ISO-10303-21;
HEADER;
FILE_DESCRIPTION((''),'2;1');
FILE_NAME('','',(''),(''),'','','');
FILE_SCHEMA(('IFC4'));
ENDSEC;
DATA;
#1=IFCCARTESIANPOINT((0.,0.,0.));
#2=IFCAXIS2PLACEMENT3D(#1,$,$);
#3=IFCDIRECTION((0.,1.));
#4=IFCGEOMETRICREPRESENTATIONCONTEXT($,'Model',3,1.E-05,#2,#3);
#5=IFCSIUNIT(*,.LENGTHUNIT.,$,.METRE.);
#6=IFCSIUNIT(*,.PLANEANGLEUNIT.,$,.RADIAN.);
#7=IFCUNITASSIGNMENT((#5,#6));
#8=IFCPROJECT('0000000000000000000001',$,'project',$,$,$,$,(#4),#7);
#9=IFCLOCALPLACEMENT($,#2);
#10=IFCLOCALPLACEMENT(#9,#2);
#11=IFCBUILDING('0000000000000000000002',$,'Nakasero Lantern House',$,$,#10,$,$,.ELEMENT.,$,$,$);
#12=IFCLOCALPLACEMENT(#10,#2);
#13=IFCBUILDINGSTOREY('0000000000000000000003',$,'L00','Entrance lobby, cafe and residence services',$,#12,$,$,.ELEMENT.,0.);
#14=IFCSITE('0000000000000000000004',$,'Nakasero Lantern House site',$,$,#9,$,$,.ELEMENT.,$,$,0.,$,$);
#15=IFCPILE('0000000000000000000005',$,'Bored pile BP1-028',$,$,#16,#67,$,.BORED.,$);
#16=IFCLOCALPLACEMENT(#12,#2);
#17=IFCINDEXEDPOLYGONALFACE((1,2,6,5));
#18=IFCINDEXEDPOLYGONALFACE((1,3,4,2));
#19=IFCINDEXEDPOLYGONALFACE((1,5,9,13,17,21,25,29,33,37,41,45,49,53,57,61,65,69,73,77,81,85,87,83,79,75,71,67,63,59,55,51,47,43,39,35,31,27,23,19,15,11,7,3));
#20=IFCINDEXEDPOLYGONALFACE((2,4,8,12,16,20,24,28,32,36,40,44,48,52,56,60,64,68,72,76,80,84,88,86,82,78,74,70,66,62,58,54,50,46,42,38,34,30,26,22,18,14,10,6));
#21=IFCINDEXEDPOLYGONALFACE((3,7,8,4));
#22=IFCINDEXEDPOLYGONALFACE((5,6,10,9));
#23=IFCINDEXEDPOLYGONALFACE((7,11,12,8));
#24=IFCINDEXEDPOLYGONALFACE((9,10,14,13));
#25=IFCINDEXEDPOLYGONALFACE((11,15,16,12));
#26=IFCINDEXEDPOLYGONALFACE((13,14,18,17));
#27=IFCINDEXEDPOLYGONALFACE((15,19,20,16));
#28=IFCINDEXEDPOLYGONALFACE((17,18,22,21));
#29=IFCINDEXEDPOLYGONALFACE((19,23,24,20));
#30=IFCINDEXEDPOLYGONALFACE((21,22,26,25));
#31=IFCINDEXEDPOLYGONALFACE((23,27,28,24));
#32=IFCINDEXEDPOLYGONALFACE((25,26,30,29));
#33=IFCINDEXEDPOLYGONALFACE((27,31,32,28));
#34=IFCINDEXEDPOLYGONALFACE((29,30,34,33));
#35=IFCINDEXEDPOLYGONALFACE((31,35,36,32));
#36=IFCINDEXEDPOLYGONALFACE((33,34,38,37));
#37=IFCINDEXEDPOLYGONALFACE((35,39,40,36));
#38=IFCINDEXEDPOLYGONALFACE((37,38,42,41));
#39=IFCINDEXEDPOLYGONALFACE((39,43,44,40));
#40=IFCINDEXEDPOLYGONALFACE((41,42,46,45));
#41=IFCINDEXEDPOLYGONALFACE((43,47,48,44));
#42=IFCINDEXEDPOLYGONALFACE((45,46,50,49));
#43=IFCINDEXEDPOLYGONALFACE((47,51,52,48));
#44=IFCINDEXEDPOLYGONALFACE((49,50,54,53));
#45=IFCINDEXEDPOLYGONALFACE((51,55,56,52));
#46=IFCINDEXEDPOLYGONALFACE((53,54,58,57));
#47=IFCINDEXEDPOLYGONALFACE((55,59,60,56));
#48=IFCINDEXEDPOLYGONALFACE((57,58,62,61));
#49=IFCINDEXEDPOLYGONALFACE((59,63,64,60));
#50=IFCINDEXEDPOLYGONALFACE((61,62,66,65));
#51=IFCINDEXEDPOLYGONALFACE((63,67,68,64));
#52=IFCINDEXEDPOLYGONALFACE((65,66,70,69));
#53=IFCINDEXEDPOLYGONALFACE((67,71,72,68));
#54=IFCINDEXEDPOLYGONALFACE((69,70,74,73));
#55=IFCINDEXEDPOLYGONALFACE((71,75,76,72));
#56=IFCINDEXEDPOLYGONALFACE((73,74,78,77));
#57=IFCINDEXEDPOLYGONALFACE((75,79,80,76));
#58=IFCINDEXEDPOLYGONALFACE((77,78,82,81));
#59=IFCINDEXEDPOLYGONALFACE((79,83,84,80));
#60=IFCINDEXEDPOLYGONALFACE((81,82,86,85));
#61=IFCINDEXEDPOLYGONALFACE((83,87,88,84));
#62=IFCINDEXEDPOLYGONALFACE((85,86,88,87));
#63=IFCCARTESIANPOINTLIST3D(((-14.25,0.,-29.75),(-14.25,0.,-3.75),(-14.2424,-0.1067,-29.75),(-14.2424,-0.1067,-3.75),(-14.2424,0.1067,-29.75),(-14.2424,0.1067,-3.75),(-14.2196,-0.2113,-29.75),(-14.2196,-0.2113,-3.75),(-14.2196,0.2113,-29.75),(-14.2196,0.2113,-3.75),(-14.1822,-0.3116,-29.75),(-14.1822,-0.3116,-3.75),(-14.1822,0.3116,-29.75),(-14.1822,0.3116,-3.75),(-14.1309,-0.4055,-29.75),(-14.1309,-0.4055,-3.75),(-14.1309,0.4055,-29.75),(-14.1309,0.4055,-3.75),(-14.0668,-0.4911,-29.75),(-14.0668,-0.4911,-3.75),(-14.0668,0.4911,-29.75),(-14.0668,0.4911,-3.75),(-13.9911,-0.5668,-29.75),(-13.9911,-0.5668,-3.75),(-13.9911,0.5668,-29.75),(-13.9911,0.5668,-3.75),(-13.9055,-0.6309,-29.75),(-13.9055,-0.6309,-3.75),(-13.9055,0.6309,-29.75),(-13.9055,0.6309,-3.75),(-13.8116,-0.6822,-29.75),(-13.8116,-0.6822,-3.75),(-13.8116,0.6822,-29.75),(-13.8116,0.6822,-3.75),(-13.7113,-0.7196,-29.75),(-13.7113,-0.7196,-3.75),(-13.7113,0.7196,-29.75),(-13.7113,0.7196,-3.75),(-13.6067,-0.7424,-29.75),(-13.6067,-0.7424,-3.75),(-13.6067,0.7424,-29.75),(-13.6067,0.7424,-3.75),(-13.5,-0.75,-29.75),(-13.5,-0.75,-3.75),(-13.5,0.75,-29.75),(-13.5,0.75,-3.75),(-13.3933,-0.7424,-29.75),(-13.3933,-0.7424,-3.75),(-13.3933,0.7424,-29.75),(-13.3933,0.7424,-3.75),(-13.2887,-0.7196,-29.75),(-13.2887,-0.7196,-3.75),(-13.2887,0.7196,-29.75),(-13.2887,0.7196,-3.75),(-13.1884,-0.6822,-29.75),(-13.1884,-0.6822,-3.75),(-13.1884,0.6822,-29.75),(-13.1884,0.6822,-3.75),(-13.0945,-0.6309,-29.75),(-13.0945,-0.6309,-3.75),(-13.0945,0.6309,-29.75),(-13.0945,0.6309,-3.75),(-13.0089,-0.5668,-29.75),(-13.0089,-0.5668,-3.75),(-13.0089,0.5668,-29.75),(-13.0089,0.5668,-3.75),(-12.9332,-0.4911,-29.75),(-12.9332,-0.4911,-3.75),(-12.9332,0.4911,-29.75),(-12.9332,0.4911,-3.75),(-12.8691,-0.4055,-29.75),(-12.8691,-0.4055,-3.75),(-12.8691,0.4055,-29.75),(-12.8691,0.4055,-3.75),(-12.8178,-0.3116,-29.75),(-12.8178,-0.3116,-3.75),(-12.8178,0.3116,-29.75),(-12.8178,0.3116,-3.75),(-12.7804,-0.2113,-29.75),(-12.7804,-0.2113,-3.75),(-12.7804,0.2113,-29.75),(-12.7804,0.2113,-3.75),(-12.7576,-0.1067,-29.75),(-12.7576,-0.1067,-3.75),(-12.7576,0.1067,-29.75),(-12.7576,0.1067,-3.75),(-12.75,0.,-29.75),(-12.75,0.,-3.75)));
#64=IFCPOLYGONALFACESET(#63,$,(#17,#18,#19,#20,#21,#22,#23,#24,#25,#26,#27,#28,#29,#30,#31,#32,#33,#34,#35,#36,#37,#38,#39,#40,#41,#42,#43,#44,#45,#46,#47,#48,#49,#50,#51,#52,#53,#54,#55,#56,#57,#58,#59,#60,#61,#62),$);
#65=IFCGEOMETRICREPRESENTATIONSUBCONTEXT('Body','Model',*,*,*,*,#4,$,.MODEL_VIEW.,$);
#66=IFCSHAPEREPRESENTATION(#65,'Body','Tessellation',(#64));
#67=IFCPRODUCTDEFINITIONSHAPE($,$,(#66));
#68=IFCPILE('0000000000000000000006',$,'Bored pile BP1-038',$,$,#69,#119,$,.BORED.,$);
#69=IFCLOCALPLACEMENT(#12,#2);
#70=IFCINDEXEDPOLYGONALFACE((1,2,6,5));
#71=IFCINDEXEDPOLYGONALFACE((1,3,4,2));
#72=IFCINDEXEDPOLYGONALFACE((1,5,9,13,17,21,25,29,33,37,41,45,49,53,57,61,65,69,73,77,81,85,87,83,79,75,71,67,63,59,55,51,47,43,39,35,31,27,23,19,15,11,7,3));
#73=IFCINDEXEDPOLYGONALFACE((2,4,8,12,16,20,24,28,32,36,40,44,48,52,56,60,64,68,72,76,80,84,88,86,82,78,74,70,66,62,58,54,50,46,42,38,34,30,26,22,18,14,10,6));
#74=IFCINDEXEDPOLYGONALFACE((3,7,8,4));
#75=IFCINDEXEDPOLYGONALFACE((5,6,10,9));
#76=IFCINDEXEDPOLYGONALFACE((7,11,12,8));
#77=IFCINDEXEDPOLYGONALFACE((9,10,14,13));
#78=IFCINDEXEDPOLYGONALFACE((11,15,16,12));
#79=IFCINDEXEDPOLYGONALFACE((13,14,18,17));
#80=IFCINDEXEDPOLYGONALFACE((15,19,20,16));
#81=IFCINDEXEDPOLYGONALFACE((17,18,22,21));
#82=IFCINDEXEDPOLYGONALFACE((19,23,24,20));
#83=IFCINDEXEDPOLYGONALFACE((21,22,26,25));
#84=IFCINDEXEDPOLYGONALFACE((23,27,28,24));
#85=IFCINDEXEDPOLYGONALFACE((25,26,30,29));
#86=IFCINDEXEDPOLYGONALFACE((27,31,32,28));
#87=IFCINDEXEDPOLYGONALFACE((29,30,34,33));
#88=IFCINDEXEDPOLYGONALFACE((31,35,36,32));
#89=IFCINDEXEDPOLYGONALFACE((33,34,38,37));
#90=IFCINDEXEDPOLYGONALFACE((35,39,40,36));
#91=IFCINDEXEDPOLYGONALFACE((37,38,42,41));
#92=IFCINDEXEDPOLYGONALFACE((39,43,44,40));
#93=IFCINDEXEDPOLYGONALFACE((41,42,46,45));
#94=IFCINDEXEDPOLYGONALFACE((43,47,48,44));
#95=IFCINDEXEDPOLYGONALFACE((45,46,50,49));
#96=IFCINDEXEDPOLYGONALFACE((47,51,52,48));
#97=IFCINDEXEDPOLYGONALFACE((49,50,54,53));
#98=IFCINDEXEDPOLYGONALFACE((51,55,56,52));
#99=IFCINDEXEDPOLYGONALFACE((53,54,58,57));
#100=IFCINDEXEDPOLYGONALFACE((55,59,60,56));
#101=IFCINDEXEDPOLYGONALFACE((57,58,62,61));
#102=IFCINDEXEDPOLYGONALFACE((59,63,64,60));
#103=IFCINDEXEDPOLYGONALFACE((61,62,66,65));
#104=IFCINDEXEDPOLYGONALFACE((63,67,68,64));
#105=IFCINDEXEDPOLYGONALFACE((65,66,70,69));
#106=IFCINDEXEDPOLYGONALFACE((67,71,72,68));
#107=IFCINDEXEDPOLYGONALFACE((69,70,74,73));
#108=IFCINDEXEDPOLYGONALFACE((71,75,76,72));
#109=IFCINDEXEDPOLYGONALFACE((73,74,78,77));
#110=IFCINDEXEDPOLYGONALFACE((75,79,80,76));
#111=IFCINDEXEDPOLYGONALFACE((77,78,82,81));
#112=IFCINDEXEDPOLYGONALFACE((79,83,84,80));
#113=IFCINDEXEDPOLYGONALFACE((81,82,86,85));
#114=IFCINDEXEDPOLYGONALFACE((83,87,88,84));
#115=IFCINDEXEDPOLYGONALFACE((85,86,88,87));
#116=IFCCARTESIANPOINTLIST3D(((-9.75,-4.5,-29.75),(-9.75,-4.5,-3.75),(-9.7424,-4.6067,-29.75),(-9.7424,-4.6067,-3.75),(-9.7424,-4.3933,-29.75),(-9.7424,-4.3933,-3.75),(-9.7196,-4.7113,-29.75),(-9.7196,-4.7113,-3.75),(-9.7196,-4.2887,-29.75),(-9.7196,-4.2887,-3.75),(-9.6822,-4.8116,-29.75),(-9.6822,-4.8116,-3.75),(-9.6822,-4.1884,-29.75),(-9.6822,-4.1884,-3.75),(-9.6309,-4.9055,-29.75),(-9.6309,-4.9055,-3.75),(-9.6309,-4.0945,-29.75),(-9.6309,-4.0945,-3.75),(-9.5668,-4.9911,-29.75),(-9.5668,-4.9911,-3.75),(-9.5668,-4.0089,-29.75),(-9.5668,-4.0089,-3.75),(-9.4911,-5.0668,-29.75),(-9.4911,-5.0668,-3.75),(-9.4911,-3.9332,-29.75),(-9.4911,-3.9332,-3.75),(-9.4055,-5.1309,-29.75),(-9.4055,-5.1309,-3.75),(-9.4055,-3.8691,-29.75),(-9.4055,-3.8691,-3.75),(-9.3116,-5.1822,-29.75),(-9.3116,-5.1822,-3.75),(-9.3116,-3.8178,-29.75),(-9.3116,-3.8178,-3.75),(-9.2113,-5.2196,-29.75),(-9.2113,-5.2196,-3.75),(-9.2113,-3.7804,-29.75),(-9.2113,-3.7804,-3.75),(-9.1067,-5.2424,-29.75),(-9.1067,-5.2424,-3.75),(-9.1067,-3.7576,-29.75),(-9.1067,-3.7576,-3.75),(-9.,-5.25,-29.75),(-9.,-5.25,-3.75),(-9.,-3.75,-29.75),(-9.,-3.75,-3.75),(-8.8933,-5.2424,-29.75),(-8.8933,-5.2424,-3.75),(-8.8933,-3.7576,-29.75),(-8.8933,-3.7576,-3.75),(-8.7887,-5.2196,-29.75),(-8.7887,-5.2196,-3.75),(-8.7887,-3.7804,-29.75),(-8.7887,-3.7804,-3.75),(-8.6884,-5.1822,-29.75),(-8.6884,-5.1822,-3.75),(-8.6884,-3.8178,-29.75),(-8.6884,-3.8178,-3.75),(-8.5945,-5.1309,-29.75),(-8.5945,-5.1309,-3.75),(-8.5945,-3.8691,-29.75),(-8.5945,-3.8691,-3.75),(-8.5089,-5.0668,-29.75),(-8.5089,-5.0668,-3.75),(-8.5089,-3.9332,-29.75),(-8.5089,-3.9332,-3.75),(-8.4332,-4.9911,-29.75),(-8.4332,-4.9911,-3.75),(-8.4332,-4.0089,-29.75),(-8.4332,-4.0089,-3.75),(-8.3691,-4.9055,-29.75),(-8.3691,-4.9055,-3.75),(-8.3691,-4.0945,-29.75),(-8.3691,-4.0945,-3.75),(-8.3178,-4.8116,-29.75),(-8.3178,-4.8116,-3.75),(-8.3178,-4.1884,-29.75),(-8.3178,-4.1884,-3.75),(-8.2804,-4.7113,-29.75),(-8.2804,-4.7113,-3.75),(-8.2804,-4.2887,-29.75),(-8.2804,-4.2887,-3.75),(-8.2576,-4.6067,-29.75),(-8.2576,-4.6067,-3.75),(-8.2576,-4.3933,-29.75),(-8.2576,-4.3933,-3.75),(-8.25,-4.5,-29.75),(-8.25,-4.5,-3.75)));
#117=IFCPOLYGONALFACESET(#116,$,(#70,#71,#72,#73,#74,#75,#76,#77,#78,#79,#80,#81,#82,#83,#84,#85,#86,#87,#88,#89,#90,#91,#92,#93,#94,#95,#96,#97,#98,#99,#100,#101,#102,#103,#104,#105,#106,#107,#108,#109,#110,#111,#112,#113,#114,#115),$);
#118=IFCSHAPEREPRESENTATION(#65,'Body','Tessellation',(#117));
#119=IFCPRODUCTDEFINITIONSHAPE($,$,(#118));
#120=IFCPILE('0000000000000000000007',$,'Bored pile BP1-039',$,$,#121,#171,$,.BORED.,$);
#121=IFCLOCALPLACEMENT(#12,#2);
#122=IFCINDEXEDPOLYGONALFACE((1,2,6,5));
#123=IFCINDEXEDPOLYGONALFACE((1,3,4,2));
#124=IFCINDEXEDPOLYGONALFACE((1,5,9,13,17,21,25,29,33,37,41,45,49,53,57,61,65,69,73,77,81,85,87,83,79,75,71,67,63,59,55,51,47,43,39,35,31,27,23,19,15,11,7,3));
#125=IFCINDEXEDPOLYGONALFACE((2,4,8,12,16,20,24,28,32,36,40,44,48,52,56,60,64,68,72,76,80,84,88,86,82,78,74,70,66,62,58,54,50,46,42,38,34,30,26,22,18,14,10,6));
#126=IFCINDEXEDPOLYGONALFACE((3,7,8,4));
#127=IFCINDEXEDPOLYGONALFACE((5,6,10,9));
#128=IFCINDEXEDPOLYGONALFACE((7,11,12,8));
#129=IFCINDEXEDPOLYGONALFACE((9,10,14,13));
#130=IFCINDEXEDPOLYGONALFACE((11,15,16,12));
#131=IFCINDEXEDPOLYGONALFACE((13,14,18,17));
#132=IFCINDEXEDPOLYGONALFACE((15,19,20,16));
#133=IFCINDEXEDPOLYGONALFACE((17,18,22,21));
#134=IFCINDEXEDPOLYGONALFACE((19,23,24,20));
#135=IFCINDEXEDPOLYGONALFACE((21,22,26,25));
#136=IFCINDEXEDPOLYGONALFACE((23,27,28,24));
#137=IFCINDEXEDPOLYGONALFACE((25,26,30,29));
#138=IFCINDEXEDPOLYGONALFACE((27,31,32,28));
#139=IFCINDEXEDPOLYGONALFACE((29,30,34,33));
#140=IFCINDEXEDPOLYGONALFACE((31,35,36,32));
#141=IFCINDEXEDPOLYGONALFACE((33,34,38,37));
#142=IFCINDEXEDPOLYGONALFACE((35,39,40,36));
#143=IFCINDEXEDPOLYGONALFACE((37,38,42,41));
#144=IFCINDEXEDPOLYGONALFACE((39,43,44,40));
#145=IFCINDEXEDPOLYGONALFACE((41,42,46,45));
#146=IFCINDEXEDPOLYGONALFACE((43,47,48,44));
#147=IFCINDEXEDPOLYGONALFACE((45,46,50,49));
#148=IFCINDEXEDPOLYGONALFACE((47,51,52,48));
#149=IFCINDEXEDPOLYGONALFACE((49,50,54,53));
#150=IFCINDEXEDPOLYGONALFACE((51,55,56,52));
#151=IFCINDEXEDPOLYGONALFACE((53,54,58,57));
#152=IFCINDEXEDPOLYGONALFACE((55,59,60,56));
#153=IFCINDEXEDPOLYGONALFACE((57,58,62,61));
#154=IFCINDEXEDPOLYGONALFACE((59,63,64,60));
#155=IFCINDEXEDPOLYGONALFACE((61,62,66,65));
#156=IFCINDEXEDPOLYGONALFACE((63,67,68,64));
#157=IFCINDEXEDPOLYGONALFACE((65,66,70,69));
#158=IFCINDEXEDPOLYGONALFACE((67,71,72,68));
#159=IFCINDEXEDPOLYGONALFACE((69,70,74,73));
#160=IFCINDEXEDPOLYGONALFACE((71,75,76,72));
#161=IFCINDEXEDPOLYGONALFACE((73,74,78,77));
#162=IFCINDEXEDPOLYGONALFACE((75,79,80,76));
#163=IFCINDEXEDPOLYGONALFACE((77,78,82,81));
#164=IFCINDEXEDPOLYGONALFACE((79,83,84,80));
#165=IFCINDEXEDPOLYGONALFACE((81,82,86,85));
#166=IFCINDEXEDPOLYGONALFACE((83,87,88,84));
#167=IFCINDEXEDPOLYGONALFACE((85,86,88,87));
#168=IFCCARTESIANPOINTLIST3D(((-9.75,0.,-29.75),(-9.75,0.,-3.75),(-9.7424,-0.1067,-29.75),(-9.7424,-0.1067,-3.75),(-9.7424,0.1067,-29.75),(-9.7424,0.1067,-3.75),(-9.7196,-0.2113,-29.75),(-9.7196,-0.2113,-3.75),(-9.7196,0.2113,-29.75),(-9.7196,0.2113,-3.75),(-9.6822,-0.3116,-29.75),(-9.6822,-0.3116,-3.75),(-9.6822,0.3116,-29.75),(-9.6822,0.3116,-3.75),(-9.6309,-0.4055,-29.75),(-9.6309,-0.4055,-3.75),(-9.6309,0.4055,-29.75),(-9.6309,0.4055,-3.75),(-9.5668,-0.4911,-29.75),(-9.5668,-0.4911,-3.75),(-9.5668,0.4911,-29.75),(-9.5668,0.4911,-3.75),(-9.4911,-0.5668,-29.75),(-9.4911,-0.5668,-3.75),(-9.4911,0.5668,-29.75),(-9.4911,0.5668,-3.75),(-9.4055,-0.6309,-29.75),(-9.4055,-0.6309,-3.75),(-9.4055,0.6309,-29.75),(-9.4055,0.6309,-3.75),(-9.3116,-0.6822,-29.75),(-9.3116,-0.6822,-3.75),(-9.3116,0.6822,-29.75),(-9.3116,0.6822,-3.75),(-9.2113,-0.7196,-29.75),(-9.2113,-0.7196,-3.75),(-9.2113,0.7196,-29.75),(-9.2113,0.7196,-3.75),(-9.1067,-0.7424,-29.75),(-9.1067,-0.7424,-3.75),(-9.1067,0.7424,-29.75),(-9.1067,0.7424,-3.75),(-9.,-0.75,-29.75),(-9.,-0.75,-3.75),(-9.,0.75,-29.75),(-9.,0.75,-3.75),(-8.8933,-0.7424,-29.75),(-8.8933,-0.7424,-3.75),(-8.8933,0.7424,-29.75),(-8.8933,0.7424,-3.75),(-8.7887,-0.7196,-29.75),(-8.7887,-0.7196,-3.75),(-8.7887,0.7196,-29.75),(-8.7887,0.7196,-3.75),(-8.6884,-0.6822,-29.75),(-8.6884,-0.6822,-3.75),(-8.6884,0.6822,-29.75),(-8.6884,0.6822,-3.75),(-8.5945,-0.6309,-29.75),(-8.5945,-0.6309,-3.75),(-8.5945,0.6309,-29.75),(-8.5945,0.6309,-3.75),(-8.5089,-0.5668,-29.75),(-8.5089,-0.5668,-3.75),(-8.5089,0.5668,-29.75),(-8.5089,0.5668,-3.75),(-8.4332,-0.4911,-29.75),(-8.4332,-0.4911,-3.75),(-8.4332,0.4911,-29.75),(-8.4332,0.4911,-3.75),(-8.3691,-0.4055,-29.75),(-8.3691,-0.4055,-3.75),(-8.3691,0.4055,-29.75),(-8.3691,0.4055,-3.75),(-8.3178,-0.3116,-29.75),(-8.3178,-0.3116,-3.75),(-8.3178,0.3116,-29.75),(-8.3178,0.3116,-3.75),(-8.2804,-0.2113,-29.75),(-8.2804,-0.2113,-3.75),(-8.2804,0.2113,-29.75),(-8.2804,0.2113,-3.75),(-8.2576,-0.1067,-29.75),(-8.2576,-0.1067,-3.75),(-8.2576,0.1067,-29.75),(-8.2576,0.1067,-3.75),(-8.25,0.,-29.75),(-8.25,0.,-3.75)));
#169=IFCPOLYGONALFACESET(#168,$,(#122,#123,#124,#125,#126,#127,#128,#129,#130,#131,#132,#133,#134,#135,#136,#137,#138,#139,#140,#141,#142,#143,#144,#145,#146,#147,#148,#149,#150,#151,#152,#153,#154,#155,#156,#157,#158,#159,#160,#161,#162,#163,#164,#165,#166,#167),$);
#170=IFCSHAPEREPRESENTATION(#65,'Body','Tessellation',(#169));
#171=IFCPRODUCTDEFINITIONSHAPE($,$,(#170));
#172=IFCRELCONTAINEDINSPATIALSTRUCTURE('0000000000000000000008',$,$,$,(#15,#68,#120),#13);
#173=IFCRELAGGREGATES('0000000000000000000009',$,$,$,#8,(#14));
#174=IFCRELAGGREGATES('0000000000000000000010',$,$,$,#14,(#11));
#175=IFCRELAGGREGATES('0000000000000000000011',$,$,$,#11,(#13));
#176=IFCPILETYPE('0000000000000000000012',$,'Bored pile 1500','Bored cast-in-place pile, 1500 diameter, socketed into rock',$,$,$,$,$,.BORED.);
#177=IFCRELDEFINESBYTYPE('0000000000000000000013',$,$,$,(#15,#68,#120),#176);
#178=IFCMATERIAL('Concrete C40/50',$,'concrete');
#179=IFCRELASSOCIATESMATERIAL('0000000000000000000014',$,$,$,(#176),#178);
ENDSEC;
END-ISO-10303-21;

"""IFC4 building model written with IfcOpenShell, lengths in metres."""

from ifc_helpers import new_model, si_unit, direction, frame, origin, origin_2d, place, context, subcontext, project, spatial, circle, extrude, material, type_object, element, save


model = new_model("IFC4")

# Units and contexts
model_context = context("Model", 3, precision=1e-05, world=origin(), true_north=direction((0.0, 1.0)))
body_context = subcontext(model_context, "Body", "Model", "MODEL_VIEW")
ifc_project = project(units=[si_unit("LENGTHUNIT", "METRE"), si_unit("PLANEANGLEUNIT", "RADIAN")], contexts=[model_context])

# Site, building, storey
site_placement = place(None, origin())
site = spatial("IfcSite", under=ifc_project, at=site_placement, Name="Nakasero Lantern House site", CompositionType="ELEMENT", RefElevation=0.0)
building_placement = place(site_placement, origin())
building = spatial("IfcBuilding", under=site, at=building_placement, Name="Nakasero Lantern House", CompositionType="ELEMENT")
storey_placement = place(building_placement, origin())
storey = spatial("IfcBuildingStorey", under=building, at=storey_placement, Name="L00", Description="Entrance lobby, cafe and residence services", CompositionType="ELEMENT", Elevation=0.0)

# Piles
ifc_material_1 = material(Name="Concrete C40/50", Category="concrete")
pile_type = type_object("IfcPileType", Name="Bored pile 1500", Description="Bored cast-in-place pile, 1500 diameter, socketed into rock", PredefinedType="BORED", material=ifc_material_1)
for number, where, z_axis, x_axis, name in (
    (1, (-13.5, 0.0, -3.75), (0.0, 0.0, -1.0), (1.0, 0.0, 0.0), "Bored pile BP1-028"),
    (2, (-9.0, -4.5, -3.75), (0.0, 0.0, -1.0), (1.0, 0.0, 0.0), "Bored pile BP1-038"),
    (3, (-9.0, 0.0, -3.75), (0.0, 0.0, -1.0), (1.0, 0.0, 0.0), "Bored pile BP1-039"),
):
    element("IfcPile", number, at=place(storey_placement, frame(where, z_axis=z_axis, x_axis=x_axis)), inside=storey, type_object=pile_type, Name=name, PredefinedType="BORED", context=body_context, shape_type="SweptSolid", body=[
        extrude(circle(Radius=0.75, at=origin_2d()), origin(), (0.0, 0.0, 1.0), 26.0),
    ])

save(model, "model.ifc")
